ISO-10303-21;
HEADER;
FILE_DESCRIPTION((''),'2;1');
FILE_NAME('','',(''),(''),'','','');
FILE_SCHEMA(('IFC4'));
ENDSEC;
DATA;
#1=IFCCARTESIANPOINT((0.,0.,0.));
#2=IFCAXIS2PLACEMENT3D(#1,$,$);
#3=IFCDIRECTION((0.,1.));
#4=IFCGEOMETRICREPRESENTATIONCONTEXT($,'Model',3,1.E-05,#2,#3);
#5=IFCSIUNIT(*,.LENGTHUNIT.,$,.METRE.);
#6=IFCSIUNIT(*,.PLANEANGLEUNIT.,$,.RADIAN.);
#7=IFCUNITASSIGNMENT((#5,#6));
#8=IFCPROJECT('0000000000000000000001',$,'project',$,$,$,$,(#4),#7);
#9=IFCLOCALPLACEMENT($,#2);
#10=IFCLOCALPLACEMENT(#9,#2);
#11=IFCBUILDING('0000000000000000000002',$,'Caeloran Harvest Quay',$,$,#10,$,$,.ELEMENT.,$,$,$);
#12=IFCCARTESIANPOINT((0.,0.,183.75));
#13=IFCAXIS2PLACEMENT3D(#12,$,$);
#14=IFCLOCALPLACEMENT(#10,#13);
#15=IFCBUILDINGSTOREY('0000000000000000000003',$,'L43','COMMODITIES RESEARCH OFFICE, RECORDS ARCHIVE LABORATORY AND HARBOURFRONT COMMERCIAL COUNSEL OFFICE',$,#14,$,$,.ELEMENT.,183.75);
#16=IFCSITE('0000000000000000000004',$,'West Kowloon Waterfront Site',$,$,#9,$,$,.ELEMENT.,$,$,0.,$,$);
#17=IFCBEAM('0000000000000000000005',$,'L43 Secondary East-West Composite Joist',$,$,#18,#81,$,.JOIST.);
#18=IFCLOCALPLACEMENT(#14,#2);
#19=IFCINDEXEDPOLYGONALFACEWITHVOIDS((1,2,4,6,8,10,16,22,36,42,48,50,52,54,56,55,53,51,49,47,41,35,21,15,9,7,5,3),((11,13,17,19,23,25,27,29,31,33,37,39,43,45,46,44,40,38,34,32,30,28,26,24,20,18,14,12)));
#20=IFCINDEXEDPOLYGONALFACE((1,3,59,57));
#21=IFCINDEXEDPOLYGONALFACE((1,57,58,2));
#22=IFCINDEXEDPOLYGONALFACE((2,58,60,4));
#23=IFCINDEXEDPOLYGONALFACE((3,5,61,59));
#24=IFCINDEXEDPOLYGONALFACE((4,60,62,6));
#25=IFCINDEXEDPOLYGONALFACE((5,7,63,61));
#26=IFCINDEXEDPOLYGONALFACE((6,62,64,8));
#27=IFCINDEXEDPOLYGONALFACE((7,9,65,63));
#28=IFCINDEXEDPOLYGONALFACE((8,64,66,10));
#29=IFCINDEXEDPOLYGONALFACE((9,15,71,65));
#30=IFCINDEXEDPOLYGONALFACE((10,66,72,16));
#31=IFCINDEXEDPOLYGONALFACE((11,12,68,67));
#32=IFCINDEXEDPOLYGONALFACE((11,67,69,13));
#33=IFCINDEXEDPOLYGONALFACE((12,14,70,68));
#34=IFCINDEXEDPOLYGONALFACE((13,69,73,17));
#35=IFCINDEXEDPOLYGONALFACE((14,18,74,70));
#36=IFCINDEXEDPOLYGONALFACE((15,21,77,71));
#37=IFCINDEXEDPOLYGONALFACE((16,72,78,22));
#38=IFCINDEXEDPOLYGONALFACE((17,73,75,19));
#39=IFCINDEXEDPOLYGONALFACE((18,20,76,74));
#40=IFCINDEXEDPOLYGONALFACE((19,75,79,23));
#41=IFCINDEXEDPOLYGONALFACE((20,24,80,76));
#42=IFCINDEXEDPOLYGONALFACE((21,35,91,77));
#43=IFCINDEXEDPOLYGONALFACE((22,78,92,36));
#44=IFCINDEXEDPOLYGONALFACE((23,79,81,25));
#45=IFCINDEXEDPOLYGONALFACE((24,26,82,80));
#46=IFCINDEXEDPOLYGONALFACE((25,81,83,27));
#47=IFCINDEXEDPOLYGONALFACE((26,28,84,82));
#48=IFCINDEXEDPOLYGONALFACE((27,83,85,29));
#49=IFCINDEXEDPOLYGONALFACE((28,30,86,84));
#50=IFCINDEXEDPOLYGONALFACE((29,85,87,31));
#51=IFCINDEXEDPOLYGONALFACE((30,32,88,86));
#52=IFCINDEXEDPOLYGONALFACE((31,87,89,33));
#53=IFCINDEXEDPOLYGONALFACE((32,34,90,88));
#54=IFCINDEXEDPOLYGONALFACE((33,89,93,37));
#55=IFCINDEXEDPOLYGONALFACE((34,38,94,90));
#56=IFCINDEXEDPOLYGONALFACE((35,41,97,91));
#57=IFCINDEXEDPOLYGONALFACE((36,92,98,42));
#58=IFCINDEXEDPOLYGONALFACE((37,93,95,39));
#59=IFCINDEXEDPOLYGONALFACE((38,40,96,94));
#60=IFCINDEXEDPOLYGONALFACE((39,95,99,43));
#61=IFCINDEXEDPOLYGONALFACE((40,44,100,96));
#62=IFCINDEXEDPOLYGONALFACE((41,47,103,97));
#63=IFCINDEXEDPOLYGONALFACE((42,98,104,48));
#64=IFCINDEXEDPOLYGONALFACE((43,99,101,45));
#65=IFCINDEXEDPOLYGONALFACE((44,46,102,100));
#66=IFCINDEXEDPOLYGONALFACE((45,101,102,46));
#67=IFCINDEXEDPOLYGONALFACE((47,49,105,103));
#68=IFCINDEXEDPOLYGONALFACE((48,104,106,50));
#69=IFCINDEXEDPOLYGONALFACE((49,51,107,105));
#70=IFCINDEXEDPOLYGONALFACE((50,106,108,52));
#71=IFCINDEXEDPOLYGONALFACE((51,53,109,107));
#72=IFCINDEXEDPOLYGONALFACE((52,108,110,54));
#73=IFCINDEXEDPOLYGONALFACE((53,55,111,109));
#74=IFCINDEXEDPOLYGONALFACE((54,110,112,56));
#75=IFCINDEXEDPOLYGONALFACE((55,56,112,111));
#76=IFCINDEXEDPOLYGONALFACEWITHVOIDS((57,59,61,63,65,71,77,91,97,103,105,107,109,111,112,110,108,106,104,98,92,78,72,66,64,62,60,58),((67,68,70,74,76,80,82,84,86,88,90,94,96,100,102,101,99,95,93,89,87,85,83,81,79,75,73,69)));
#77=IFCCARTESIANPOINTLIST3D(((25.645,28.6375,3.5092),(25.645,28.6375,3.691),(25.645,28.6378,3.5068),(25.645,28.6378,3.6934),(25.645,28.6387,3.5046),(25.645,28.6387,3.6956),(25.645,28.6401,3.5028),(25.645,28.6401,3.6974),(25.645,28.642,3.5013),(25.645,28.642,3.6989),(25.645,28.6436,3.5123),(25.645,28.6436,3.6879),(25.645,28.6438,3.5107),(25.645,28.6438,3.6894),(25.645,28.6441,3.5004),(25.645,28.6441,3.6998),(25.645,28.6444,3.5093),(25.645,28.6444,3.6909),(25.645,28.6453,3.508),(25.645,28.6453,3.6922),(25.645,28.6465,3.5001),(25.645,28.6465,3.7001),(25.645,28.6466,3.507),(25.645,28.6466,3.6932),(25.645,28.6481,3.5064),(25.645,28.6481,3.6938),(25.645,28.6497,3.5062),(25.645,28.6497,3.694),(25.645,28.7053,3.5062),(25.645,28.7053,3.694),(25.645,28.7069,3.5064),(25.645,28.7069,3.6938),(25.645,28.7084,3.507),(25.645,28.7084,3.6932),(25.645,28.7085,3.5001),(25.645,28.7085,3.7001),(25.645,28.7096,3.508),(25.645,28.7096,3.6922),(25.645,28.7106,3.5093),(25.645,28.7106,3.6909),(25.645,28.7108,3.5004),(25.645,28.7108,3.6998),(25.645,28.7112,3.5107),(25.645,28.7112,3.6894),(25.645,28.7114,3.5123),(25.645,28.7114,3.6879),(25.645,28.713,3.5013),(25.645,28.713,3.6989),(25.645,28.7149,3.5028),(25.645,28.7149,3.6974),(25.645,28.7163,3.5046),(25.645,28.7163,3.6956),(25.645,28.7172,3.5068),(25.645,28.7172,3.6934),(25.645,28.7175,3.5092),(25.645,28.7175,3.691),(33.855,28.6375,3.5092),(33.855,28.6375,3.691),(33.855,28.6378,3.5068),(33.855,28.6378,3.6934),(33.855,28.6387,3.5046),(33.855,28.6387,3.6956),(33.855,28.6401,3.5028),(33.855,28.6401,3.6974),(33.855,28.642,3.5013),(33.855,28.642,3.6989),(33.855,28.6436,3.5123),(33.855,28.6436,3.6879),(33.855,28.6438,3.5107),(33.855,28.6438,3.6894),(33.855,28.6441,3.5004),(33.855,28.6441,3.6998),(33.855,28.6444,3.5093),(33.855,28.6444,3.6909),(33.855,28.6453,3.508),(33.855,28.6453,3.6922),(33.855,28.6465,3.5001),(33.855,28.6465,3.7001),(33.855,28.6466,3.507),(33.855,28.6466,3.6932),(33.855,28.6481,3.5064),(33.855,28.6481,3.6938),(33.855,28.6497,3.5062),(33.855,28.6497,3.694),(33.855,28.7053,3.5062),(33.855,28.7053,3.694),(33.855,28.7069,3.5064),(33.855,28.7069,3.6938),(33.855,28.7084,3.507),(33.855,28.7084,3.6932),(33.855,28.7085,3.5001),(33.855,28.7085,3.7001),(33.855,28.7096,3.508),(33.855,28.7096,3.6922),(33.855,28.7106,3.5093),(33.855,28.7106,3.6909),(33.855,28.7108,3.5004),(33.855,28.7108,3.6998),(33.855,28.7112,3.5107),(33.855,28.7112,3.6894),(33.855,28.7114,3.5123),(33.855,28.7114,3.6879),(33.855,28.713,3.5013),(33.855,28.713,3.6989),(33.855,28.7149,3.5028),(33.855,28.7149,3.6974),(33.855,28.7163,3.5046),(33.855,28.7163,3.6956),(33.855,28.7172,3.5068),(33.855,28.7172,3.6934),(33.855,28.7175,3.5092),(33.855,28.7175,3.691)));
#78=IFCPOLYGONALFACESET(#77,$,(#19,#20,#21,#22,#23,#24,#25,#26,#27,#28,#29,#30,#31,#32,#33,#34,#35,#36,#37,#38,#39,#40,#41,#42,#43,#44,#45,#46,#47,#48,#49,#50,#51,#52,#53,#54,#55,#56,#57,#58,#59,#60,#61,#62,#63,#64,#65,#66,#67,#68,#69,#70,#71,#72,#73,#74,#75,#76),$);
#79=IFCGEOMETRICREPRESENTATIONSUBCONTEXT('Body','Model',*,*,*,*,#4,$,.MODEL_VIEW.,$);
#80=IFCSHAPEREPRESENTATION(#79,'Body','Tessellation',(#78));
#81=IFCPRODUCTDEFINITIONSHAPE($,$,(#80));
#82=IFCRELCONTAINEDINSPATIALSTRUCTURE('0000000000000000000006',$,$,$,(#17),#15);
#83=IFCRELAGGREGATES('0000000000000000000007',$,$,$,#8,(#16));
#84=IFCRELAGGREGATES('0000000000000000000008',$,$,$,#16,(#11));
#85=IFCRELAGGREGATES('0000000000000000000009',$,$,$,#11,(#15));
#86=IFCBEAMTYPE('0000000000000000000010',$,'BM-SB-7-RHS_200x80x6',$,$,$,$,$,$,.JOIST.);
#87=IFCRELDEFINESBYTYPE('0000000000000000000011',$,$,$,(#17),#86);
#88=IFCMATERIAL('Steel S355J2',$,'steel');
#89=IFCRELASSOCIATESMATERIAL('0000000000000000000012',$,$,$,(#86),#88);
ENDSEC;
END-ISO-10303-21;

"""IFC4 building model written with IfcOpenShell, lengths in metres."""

from ifc_helpers import new_model, si_unit, direction, frame, origin, origin_2d, place, context, subcontext, project, spatial, hollow_rectangle, extrude, material, material_profile, profile_set, type_object, element, save


model = new_model("IFC4")

# Units and contexts
model_context = context("Model", 3, precision=1e-05, world=origin(), true_north=direction((0.0, 1.0)))
body_context = subcontext(model_context, "Body", "Model", "MODEL_VIEW")
ifc_project = project(units=[si_unit("LENGTHUNIT", "METRE"), si_unit("PLANEANGLEUNIT", "RADIAN")], contexts=[model_context])

# Site, building, storey
site_placement = place(None, origin())
site = spatial("IfcSite", under=ifc_project, at=site_placement, Name="West Kowloon Waterfront Site", CompositionType="ELEMENT", RefElevation=0.0)
building_placement = place(site_placement, origin())
building = spatial("IfcBuilding", under=site, at=building_placement, Name="Caeloran Harvest Quay", CompositionType="ELEMENT")
storey_placement = place(building_placement, frame((0.0, 0.0, 183.75)))
storey = spatial("IfcBuildingStorey", under=building, at=storey_placement, Name="L43", Description="COMMODITIES RESEARCH OFFICE, RECORDS ARCHIVE LABORATORY AND HARBOURFRONT COMMERCIAL COUNSEL OFFICE", CompositionType="ELEMENT", Elevation=183.75)

# Beam
ifc_material = material(Name="Steel S355J2", Category="steel")
ifc_material_profile_1 = material_profile(ifc_material, hollow_rectangle(XDim=0.0801, YDim=0.2, WallThickness=0.0061, InnerFilletRadius=0.0061, OuterFilletRadius=0.009, at=origin_2d()), Name="RHS 200x80x6")
ifc_profile_set_1 = profile_set([ifc_material_profile_1], Name="Steel S355J2")
beam_type_1 = type_object("IfcBeamType", Name="BM-SB-7-RHS_200x80x6", PredefinedType="JOIST", material=ifc_profile_set_1)
for number, where, z_axis, x_axis, name in (
    (1, (25.645, 28.6775, 3.6001), (1.0, 0.0, 0.0), (0.0, 1.0, 0.0), "L43 Secondary East-West Composite Joist"),
):
    element("IfcBeam", number, at=place(storey_placement, frame(where, z_axis=z_axis, x_axis=x_axis)), inside=storey, type_object=beam_type_1, Name=name, PredefinedType="JOIST", context=body_context, shape_type="SweptSolid", body=[
        extrude(hollow_rectangle(XDim=0.0801, YDim=0.2, WallThickness=0.0061, InnerFilletRadius=0.0061, OuterFilletRadius=0.009, at=origin_2d()), origin(), (0.0, 0.0, 1.0), 8.21),
    ])

save(model, "model.ifc")
